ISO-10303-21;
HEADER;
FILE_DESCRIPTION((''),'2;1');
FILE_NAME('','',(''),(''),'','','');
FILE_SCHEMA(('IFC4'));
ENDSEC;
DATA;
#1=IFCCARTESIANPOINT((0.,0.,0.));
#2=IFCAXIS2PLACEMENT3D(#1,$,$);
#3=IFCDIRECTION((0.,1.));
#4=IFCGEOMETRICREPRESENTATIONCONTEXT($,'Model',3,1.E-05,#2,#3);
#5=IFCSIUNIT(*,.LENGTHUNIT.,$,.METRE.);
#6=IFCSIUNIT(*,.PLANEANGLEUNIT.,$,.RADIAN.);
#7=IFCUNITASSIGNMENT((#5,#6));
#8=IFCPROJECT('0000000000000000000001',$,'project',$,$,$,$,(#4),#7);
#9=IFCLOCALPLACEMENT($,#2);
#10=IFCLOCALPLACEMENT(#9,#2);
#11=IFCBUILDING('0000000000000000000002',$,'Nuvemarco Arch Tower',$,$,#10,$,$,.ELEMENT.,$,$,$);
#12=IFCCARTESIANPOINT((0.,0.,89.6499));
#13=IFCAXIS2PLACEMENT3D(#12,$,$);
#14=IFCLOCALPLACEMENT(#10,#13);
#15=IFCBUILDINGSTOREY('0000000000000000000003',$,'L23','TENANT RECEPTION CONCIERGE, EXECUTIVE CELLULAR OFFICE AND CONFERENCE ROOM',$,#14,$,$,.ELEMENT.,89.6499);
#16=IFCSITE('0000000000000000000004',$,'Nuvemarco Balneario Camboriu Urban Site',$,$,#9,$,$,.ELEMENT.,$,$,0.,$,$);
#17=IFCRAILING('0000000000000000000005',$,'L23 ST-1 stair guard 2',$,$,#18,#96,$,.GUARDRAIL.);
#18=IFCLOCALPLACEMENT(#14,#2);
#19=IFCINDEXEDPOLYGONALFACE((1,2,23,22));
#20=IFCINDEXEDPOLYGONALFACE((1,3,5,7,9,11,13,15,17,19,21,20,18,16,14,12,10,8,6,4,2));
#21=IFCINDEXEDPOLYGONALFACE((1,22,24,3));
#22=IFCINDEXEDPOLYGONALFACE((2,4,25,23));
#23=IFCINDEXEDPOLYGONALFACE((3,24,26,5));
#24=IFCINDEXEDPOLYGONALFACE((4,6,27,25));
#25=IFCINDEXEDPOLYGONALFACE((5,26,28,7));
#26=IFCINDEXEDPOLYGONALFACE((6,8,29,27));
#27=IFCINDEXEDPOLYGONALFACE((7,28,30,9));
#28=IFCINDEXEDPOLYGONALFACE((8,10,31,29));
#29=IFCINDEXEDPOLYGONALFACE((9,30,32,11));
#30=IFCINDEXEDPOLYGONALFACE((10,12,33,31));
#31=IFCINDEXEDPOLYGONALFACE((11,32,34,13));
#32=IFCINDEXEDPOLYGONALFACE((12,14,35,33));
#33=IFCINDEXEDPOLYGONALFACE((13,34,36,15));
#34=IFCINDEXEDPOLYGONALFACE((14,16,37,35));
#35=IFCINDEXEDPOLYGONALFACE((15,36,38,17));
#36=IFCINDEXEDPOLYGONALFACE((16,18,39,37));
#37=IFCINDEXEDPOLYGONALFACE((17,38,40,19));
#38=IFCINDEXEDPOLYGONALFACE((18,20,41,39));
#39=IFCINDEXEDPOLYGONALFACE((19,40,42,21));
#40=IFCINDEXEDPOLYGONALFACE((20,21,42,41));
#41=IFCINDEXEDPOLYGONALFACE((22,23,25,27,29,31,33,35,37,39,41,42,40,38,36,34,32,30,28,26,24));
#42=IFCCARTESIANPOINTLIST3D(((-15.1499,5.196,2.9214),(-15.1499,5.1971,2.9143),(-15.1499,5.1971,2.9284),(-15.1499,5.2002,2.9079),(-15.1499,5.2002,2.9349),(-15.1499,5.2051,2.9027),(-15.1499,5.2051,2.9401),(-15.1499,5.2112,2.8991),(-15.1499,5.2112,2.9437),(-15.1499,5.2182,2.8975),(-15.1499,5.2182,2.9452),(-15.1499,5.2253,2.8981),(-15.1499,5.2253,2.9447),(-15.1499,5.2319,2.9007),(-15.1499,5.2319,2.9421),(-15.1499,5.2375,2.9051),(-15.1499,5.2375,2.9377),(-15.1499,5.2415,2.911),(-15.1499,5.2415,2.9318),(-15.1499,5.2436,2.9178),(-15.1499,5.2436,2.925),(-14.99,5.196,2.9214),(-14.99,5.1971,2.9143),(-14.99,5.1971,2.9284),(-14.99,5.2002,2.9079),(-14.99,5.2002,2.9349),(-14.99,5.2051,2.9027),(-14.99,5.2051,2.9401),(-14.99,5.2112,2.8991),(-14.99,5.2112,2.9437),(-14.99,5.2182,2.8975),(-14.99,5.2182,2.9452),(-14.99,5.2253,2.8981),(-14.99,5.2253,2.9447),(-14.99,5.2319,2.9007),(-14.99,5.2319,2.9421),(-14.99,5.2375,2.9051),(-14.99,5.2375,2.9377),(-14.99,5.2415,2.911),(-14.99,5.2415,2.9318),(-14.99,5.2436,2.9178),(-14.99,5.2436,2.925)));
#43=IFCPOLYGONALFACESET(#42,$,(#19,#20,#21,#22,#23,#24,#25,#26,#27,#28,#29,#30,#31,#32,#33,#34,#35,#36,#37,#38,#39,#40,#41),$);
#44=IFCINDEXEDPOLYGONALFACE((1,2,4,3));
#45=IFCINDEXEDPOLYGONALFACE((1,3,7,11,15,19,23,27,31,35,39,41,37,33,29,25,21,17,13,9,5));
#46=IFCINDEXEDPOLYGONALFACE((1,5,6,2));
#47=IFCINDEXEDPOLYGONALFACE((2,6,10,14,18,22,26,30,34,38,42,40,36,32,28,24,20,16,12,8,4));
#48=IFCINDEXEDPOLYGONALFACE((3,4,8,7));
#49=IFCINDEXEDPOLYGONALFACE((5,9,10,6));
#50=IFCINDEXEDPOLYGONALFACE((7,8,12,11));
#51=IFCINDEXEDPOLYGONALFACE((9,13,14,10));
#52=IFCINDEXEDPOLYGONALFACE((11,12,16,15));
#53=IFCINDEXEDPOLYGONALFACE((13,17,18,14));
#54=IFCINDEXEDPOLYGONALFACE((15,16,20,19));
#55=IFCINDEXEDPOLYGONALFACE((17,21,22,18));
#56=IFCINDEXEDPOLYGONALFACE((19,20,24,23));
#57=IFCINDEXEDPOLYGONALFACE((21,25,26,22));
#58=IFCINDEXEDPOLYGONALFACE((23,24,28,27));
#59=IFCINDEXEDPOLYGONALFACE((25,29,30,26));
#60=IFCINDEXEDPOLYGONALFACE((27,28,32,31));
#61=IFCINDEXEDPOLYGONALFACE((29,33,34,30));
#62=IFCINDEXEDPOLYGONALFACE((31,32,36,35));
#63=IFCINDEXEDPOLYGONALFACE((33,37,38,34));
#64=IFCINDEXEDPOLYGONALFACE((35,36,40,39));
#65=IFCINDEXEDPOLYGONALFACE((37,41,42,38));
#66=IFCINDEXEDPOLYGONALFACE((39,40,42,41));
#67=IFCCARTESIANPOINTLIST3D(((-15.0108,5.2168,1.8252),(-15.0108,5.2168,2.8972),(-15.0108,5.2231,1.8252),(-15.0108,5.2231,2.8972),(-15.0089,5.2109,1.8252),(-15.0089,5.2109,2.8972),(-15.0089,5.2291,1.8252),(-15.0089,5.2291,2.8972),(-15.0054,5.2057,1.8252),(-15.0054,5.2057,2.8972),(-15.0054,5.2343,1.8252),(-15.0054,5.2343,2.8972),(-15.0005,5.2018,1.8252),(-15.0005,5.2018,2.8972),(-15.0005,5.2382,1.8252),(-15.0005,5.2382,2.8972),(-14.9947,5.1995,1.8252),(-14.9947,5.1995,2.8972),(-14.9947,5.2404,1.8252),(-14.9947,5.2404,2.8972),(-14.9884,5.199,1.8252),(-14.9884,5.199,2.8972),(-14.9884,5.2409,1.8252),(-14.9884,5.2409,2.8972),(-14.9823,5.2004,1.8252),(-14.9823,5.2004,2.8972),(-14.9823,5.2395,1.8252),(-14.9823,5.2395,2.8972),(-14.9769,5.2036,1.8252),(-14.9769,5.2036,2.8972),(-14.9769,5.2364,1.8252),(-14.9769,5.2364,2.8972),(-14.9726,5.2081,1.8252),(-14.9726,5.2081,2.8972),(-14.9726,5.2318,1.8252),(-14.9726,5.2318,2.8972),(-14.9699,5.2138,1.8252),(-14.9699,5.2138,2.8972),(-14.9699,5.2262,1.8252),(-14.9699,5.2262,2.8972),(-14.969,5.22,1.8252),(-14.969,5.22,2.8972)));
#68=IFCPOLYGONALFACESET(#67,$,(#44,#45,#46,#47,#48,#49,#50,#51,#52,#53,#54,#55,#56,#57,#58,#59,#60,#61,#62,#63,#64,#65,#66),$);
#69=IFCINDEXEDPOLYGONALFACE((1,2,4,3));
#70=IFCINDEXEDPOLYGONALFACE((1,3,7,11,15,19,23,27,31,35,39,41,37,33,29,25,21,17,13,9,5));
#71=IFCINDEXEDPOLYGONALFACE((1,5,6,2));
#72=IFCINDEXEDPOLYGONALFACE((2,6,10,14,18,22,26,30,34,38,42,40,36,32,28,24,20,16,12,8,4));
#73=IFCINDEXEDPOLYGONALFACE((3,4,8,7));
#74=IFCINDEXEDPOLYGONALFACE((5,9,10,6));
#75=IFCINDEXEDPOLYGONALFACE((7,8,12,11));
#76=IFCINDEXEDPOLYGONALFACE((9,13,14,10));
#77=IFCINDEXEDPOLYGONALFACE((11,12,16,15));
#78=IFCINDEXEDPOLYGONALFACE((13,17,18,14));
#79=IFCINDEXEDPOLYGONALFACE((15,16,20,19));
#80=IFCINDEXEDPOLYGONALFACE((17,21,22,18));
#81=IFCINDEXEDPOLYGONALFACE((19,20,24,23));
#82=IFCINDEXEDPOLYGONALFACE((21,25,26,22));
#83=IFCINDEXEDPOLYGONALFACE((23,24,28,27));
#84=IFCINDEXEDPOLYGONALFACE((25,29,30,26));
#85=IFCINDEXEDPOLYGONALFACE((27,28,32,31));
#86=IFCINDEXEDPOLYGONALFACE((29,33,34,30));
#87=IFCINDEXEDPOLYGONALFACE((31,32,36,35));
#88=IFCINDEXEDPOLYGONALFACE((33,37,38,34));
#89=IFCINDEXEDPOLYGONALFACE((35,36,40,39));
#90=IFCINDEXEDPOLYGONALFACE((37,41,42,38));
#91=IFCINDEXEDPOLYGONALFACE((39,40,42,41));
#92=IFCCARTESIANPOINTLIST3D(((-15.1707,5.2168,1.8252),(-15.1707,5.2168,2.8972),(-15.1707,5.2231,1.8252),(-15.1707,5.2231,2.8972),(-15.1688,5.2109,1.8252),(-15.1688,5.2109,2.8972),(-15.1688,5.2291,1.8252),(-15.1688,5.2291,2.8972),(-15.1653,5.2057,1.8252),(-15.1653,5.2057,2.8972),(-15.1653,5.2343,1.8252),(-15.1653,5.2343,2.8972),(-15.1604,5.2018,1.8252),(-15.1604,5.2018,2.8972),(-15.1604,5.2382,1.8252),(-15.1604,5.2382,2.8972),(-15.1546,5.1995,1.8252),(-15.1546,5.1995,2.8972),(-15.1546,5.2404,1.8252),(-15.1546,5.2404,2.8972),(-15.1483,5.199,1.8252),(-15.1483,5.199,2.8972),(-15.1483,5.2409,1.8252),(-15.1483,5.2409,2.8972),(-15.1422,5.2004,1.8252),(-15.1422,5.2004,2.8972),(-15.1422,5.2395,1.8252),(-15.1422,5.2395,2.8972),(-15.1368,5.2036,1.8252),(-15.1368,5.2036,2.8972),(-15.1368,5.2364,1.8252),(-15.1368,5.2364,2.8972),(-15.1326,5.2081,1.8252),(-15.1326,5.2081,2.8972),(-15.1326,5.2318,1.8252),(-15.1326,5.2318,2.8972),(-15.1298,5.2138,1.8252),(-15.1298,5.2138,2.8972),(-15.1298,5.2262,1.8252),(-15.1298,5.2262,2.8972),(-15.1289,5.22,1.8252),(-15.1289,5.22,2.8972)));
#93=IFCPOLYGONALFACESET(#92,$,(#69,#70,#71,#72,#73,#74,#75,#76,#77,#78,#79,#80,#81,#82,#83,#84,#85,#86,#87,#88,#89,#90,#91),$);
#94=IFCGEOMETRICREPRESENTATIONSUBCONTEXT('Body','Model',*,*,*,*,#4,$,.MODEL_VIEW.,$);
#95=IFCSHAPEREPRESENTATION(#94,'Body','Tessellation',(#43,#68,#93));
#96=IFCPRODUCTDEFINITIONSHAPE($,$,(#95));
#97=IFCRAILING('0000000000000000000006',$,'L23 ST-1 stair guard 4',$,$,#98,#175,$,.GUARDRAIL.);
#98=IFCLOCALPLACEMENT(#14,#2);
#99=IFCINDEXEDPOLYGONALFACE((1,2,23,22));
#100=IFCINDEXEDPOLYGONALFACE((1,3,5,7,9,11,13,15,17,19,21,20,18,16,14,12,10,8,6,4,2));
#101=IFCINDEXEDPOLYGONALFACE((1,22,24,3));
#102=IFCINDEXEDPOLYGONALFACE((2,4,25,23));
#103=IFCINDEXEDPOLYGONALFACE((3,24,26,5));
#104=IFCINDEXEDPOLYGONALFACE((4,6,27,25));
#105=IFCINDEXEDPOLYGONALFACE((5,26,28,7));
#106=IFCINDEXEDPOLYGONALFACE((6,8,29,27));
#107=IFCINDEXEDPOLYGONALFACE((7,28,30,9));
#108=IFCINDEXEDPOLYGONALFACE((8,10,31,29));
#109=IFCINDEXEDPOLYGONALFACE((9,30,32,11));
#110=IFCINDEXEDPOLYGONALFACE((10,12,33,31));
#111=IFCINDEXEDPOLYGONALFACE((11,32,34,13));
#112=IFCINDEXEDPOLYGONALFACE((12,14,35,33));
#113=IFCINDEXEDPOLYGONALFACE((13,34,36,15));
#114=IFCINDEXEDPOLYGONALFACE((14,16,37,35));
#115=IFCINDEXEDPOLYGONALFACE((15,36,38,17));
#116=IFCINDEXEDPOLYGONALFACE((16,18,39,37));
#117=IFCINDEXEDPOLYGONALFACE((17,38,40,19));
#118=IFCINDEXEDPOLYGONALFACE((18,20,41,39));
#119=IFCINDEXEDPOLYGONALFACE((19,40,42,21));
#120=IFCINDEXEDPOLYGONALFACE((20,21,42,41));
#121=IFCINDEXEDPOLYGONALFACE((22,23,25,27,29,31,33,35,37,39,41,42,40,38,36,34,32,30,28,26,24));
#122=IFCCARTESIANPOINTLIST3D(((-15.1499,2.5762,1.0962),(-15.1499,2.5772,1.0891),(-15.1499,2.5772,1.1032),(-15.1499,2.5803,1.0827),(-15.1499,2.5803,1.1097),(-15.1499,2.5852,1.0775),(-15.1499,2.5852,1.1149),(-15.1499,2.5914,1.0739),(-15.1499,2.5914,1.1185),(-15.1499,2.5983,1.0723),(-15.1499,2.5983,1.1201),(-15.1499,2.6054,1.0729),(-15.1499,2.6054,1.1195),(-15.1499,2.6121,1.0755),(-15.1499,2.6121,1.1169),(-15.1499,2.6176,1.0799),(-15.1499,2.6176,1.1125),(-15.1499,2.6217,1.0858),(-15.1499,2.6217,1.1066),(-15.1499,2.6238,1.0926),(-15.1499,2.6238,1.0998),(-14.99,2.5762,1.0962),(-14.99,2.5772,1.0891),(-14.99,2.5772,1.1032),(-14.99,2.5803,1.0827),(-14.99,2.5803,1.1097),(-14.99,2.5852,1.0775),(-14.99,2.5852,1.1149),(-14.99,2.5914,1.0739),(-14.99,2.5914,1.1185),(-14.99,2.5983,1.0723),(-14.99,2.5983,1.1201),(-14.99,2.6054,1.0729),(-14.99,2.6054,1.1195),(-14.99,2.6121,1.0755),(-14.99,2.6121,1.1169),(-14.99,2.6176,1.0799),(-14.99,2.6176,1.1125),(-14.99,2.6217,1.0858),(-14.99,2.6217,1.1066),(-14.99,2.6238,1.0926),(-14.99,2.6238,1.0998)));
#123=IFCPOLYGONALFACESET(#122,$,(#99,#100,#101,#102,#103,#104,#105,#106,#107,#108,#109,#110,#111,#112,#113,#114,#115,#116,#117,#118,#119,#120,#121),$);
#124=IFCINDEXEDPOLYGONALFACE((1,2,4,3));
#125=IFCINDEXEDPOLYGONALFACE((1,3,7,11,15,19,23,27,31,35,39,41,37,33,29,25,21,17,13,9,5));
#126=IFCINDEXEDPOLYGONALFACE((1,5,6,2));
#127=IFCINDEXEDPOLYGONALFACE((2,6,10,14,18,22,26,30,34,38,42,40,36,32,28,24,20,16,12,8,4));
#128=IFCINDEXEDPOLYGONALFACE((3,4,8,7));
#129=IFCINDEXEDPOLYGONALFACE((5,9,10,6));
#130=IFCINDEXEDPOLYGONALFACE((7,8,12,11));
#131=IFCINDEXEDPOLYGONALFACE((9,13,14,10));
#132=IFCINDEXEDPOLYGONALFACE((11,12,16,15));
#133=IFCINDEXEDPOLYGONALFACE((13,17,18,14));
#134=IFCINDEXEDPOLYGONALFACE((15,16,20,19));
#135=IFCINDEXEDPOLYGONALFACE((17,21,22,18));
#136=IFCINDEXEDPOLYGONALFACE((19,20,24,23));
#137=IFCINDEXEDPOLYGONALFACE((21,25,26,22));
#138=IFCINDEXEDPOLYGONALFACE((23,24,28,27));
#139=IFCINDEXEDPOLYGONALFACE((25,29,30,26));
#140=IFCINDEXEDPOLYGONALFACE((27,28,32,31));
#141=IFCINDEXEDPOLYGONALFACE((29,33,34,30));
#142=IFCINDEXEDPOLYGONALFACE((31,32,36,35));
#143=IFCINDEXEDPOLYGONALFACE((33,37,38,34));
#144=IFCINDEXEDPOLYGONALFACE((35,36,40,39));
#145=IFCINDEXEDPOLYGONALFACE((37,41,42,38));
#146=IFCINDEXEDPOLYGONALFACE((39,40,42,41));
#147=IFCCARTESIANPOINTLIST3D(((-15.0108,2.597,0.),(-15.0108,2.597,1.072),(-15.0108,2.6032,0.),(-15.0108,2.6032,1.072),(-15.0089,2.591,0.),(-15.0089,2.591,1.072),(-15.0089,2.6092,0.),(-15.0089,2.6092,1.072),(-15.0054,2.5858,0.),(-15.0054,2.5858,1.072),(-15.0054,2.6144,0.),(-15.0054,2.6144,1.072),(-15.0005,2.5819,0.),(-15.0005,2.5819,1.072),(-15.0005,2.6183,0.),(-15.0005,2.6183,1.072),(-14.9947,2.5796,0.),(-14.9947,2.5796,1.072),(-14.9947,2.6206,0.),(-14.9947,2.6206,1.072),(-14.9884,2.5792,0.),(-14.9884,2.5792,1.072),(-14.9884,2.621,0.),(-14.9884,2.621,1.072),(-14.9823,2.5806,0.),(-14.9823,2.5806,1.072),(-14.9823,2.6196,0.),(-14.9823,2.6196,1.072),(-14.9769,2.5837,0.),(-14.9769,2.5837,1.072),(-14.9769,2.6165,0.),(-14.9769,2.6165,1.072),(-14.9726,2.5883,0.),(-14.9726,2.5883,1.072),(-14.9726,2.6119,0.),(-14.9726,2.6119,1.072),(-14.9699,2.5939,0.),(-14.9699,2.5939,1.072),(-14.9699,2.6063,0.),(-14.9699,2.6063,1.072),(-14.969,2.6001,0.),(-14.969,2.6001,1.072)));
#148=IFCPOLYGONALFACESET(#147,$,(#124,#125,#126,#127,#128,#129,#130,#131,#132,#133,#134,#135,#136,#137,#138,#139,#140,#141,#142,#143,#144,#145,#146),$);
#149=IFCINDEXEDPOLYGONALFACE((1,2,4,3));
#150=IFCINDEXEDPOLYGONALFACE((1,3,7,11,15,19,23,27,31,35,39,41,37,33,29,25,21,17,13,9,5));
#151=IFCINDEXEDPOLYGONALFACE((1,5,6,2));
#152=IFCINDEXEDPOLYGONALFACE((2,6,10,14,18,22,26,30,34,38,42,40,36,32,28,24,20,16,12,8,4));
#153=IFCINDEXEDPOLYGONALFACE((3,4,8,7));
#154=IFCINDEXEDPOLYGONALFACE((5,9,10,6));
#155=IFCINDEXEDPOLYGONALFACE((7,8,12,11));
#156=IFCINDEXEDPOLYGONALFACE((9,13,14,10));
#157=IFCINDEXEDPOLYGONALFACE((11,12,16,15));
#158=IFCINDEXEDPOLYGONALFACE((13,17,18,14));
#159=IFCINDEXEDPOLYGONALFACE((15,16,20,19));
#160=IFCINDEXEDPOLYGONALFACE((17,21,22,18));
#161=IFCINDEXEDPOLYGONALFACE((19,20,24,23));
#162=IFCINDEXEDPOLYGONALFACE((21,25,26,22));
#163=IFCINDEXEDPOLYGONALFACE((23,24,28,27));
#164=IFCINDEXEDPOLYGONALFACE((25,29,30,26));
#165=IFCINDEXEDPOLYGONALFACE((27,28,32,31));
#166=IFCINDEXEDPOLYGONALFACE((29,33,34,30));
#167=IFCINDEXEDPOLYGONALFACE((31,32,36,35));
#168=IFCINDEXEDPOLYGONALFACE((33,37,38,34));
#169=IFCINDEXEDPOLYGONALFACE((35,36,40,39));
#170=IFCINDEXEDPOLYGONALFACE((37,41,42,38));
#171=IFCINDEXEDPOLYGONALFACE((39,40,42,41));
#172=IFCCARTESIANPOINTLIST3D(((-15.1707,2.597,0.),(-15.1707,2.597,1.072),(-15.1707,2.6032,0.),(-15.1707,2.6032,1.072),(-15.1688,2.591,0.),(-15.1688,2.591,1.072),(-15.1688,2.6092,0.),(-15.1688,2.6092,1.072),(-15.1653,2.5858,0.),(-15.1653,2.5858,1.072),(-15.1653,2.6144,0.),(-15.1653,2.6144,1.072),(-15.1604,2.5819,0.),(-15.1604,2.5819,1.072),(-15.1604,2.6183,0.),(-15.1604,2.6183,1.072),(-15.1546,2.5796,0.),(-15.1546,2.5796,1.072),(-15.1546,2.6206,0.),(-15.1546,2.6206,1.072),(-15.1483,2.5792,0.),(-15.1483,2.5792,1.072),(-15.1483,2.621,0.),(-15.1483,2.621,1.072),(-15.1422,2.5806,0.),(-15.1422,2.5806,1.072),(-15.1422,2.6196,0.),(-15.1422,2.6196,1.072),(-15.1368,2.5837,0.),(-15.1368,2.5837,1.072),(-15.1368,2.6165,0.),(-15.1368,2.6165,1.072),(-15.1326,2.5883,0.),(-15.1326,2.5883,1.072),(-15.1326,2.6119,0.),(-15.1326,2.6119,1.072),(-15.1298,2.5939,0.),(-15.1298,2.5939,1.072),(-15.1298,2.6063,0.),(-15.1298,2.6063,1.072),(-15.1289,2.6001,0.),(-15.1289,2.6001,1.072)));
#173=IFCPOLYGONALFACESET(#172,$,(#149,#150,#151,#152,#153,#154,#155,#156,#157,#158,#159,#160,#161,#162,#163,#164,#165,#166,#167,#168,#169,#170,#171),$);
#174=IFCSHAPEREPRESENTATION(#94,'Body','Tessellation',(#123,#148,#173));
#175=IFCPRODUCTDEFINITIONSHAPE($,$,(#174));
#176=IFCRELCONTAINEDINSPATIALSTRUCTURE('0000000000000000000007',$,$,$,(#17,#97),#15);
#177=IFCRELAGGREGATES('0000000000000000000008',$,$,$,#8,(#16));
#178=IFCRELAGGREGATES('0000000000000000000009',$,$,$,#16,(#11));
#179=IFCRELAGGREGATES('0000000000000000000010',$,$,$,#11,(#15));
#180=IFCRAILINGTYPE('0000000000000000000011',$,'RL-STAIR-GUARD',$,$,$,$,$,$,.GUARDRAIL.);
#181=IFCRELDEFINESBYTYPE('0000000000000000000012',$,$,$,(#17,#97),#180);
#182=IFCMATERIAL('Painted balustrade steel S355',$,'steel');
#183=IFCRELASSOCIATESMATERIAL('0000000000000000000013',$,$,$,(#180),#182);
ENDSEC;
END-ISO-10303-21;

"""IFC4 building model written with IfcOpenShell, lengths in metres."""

from ifc_helpers import new_model, si_unit, direction, frame, origin, origin_2d, place, context, subcontext, project, spatial, circle, extrude, material, type_object, element, save


model = new_model("IFC4")

# Units and contexts
model_context = context("Model", 3, precision=1e-05, world=origin(), true_north=direction((0.0, 1.0)))
body_context = subcontext(model_context, "Body", "Model", "MODEL_VIEW")
ifc_project = project(units=[si_unit("LENGTHUNIT", "METRE"), si_unit("PLANEANGLEUNIT", "RADIAN")], contexts=[model_context])

# Site, building, storey
site_placement = place(None, origin())
site = spatial("IfcSite", under=ifc_project, at=site_placement, Name="Nuvemarco Balneario Camboriu Urban Site", CompositionType="ELEMENT", RefElevation=0.0)
building_placement = place(site_placement, origin())
building = spatial("IfcBuilding", under=site, at=building_placement, Name="Nuvemarco Arch Tower", CompositionType="ELEMENT")
storey_placement = place(building_placement, frame((0.0, 0.0, 89.6499)))
storey = spatial("IfcBuildingStorey", under=building, at=storey_placement, Name="L23", Description="TENANT RECEPTION CONCIERGE, EXECUTIVE CELLULAR OFFICE AND CONFERENCE ROOM", CompositionType="ELEMENT", Elevation=89.6499)

# Railings
ifc_material_1 = material(Name="Painted balustrade steel S355", Category="steel")
railing_type_1 = type_object("IfcRailingType", Name="RL-STAIR-GUARD", PredefinedType="GUARDRAIL", material=ifc_material_1)
for number, where, name in (
    (1, (-14.99, 5.22, 1.8252), "L23 ST-1 stair guard 2"),
    (2, (-14.99, 2.6001, 0.0), "L23 ST-1 stair guard 4"),
):
    element("IfcRailing", number, at=place(storey_placement, frame(where)), inside=storey, type_object=railing_type_1, Name=name, PredefinedType="GUARDRAIL", context=body_context, shape_type="SweptSolid", body=[
        extrude(circle(Radius=0.0239, at=origin_2d()), frame((0.0, 0.0, 1.0962), z_axis=(-1.0, 0.0, 0.0), x_axis=(0.0, -1.0, 0.0)), (0.0, 0.0, 1.0), 0.1599),
        extrude(circle(Radius=0.021, at=origin_2d()), origin(), (0.0, 0.0, 1.0), 1.072),
        extrude(circle(Radius=0.021, at=origin_2d()), frame((-0.1599, 0.0, 0.0)), (0.0, 0.0, 1.0), 1.072),
    ])

save(model, "model.ifc")
